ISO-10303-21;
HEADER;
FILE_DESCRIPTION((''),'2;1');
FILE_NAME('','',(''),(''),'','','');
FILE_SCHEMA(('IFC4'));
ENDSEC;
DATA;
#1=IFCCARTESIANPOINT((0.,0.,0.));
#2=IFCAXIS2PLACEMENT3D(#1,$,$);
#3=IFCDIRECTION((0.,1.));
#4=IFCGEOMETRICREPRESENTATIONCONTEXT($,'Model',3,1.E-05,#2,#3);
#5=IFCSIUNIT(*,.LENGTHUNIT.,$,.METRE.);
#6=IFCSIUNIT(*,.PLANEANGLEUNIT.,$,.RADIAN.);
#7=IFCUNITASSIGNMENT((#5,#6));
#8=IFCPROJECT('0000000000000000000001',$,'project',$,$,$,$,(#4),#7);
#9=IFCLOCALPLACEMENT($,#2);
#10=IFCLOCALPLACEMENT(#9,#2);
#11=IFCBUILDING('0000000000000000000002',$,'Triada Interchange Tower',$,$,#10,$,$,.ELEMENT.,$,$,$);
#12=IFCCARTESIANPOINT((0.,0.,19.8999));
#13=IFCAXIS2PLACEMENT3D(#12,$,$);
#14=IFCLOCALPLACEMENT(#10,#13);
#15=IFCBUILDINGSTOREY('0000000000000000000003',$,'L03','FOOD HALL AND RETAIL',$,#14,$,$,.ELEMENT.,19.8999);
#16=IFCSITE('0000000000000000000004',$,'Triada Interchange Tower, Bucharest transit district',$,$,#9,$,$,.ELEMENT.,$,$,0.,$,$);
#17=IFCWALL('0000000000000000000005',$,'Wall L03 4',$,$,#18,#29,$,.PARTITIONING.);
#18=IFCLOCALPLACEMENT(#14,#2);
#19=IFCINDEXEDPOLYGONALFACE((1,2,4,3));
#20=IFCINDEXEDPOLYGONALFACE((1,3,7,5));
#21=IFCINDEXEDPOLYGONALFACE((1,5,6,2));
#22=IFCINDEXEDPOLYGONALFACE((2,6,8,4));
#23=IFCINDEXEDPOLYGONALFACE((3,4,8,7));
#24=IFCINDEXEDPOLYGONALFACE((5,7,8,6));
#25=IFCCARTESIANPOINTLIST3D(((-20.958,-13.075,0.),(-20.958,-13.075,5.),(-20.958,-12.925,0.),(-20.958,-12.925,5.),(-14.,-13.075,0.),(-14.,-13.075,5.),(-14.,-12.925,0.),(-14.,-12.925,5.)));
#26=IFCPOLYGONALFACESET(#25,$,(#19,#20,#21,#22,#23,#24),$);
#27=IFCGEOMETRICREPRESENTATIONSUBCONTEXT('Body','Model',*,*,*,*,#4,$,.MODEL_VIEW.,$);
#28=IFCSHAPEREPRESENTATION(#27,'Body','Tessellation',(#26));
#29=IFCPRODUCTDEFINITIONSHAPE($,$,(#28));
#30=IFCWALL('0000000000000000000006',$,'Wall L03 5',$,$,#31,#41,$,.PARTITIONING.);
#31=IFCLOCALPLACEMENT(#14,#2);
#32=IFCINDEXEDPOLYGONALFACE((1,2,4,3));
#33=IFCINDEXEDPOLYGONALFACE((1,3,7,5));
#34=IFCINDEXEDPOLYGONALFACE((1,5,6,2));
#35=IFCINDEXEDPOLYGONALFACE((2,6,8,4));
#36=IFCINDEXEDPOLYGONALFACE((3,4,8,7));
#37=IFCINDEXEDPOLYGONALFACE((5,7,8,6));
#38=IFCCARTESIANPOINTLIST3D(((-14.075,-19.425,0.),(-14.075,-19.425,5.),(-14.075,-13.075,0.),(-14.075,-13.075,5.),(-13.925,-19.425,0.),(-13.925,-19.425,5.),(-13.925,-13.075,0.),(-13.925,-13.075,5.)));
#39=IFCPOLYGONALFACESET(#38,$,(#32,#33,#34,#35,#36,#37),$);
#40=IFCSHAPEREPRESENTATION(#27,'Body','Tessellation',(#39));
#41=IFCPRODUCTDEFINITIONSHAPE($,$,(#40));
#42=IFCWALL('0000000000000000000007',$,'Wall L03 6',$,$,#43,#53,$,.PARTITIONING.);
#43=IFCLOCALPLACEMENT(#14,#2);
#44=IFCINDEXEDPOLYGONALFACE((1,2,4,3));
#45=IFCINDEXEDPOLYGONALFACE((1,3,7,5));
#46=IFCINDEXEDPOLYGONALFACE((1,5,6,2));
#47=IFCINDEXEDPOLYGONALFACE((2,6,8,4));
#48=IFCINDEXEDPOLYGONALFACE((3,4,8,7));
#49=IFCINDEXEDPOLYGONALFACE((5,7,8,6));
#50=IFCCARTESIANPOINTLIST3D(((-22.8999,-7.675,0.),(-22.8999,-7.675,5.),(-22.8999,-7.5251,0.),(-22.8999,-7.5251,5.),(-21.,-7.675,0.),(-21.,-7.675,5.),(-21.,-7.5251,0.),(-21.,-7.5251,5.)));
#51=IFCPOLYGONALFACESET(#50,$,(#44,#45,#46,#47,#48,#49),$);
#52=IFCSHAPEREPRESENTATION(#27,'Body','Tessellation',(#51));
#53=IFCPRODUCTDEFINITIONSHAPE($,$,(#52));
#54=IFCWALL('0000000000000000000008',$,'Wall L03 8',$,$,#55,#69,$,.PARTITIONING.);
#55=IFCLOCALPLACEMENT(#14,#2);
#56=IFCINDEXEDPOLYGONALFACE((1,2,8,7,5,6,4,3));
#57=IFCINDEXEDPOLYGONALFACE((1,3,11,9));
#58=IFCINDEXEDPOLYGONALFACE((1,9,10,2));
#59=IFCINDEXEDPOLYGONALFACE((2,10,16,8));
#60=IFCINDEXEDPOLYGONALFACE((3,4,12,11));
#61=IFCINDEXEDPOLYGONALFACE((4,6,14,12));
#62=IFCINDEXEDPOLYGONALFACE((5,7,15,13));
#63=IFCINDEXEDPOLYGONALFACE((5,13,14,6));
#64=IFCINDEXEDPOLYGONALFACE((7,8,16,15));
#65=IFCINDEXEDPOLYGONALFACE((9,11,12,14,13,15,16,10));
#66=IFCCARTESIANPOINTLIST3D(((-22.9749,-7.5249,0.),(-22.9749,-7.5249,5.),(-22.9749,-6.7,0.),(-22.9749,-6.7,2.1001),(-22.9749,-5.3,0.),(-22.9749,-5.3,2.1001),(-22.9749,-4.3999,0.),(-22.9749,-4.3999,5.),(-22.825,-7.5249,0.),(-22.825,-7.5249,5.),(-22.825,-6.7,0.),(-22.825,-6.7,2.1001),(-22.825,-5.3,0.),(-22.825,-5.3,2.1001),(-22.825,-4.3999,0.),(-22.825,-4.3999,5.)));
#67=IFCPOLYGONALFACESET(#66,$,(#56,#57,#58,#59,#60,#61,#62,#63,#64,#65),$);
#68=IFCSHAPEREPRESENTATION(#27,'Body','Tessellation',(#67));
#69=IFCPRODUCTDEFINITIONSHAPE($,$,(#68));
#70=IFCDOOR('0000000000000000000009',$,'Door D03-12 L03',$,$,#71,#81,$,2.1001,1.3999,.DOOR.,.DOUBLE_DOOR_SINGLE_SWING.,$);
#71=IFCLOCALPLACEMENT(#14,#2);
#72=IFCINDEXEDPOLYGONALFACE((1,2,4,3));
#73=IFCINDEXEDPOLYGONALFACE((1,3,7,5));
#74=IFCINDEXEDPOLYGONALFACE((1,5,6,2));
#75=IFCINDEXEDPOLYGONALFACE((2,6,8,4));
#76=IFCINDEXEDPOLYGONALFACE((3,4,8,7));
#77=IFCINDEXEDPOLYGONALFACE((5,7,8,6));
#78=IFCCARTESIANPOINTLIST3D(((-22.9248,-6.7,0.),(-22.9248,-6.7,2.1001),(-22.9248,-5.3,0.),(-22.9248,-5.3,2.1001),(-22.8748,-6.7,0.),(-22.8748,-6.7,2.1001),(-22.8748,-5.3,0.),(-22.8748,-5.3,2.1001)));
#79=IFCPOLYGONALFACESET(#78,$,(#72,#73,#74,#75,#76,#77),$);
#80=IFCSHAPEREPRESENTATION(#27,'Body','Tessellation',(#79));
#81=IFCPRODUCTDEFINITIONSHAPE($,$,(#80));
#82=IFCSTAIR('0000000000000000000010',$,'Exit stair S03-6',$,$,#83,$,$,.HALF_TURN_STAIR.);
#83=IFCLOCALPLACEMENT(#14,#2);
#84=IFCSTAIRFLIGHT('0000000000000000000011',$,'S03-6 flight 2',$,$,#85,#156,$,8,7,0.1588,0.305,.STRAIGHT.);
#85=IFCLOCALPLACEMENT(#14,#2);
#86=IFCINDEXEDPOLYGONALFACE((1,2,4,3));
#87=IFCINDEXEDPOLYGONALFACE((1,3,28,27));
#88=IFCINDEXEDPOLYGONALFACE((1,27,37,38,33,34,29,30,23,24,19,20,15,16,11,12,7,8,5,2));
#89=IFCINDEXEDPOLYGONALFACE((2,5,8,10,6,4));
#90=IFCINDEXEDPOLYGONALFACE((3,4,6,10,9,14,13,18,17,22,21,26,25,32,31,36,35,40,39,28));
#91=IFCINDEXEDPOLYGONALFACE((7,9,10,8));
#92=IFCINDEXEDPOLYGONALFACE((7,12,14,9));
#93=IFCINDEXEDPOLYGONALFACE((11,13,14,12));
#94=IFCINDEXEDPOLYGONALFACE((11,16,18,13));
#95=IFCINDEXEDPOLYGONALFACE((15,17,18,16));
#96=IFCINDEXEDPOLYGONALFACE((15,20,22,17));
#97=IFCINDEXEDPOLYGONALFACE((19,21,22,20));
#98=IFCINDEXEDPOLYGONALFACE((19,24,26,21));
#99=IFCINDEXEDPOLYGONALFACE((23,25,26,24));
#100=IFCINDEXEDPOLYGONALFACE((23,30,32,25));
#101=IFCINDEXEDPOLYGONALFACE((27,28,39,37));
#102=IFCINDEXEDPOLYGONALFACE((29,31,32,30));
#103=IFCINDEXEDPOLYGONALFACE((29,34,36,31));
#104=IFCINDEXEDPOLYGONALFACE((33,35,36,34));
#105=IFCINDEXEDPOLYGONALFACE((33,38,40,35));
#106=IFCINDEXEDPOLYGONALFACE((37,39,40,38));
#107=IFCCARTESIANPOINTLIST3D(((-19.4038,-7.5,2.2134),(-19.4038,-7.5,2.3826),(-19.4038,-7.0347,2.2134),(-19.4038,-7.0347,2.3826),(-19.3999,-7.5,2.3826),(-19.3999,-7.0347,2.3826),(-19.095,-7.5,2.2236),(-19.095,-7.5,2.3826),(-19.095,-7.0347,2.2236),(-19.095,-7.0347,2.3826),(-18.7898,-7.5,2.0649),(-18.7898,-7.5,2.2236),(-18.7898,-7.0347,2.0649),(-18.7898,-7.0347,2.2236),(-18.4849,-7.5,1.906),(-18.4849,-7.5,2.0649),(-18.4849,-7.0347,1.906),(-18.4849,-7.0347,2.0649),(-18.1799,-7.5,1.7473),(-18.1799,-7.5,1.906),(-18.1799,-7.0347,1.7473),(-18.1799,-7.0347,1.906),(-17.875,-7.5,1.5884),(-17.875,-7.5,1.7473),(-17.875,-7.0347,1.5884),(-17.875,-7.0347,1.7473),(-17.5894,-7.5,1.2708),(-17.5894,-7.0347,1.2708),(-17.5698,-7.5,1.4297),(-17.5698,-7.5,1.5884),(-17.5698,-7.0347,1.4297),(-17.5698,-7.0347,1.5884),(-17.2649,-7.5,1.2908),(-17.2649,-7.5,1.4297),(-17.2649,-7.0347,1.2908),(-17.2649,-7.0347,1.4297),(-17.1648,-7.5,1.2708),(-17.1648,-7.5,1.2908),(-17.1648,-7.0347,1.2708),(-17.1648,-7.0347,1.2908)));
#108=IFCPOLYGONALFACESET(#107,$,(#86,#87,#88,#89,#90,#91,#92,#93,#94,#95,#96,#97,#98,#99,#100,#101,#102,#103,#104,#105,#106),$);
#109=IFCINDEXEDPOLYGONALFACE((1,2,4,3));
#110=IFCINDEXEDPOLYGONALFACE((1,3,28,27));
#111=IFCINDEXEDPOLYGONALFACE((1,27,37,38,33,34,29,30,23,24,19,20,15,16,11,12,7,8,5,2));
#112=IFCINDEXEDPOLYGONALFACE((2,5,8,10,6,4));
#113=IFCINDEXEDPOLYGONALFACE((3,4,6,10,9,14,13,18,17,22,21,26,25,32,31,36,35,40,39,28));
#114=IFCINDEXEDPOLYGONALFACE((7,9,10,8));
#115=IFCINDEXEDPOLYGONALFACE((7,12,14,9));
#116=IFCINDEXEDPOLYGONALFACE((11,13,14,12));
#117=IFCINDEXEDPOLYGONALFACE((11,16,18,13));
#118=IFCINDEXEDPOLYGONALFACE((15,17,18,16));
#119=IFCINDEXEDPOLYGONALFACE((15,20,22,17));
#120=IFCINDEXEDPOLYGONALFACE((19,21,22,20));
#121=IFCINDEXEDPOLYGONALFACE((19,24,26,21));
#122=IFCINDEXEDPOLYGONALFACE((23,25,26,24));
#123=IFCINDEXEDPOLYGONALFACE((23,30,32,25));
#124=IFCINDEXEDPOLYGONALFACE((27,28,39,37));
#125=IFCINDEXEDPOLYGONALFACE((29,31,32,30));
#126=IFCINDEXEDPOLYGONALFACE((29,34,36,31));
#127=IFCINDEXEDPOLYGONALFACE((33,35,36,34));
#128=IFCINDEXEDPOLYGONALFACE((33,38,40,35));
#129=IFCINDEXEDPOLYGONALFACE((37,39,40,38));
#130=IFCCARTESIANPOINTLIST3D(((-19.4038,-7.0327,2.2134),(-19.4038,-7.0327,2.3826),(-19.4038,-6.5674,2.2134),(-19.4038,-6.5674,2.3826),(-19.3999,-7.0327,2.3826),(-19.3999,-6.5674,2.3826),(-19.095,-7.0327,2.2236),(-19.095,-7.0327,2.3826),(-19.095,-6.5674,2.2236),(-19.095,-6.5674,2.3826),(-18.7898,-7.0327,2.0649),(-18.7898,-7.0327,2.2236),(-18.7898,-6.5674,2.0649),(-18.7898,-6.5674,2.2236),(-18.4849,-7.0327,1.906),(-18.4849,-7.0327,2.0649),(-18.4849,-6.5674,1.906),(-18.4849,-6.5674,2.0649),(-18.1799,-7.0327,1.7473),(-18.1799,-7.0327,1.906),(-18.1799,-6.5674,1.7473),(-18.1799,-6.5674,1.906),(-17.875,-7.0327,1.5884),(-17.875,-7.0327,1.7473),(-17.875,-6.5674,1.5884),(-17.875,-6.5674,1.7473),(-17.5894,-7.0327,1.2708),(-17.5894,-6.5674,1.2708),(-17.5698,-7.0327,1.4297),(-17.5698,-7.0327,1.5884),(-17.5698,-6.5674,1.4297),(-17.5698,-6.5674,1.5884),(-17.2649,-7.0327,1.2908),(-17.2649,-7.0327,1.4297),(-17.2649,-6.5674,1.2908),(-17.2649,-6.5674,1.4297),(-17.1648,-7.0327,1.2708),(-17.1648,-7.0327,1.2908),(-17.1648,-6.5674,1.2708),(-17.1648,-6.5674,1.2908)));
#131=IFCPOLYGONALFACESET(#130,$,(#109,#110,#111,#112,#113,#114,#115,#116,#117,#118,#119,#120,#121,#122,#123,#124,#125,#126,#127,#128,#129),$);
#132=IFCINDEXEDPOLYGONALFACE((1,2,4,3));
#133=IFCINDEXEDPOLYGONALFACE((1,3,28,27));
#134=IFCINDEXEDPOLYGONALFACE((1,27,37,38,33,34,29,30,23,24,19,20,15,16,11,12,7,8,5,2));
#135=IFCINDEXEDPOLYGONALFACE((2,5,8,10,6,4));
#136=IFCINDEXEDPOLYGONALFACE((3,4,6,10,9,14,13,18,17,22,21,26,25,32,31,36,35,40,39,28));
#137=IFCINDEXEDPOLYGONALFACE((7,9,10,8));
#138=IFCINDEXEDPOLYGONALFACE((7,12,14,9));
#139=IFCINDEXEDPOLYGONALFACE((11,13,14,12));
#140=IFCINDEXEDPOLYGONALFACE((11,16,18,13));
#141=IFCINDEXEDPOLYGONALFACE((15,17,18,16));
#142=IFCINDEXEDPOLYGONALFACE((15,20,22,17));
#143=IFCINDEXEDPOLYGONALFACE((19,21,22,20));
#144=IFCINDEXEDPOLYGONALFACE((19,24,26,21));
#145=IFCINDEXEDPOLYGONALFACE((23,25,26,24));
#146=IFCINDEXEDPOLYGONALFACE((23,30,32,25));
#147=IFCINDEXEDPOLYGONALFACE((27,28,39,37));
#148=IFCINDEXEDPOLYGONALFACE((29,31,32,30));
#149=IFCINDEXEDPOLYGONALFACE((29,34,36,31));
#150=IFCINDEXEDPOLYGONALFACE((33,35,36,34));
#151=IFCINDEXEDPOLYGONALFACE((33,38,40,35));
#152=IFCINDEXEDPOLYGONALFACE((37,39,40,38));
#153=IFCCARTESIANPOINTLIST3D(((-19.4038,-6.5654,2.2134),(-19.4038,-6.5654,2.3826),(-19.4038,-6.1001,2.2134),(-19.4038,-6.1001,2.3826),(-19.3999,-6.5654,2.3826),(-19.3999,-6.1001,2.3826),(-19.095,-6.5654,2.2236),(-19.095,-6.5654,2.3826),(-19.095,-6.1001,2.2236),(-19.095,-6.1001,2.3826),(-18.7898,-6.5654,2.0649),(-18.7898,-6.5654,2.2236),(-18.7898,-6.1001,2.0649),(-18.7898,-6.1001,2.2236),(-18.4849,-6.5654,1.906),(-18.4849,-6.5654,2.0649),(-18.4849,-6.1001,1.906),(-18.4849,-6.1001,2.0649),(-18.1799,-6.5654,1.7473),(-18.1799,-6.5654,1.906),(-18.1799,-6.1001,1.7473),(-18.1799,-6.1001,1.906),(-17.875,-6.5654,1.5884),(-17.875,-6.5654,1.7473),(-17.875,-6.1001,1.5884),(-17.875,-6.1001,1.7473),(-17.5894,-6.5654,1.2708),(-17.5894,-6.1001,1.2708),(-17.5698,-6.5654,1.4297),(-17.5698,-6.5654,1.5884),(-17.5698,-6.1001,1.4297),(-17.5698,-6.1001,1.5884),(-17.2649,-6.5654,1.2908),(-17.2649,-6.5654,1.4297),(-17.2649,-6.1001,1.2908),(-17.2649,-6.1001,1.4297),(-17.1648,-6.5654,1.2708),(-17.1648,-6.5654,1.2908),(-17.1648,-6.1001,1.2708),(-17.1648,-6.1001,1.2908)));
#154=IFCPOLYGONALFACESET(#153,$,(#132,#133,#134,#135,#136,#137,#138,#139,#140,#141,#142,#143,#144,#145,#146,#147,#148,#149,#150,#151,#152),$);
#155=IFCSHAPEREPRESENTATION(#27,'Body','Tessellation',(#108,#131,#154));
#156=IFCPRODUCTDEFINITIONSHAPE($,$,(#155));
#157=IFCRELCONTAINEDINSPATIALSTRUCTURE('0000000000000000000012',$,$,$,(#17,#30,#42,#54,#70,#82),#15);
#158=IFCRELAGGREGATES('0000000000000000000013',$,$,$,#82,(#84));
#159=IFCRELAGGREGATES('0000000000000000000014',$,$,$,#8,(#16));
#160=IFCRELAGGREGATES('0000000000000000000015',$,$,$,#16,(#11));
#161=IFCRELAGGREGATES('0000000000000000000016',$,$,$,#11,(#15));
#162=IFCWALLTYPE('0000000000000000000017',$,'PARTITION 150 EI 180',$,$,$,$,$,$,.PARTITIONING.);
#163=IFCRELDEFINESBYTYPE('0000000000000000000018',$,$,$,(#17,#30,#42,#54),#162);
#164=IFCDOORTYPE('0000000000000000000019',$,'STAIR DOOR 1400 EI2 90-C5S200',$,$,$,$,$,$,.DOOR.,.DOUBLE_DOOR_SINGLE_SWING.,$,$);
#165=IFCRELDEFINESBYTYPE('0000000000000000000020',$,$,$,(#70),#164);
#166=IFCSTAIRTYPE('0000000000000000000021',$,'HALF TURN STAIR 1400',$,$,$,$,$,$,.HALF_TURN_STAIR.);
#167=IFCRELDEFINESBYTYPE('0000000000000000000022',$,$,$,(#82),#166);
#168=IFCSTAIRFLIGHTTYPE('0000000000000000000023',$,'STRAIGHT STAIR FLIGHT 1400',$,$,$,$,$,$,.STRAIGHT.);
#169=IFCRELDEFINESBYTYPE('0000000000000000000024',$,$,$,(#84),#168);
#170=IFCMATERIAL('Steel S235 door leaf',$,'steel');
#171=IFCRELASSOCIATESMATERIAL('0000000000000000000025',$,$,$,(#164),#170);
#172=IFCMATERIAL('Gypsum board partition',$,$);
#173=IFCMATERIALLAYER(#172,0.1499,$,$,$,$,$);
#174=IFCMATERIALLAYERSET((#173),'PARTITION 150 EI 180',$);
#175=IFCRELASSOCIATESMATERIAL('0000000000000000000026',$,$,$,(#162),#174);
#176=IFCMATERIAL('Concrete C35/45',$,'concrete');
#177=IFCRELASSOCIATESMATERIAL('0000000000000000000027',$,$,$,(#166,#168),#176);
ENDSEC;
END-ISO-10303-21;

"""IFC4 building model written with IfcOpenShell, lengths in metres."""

from ifc_helpers import new_model, si_unit, direction, frame, frame_2d, origin, place, context, subcontext, project, spatial, polyline, rectangle, outline, extrude, material, layer, layer_set, type_object, element, fill, aggregate, save


model = new_model("IFC4")

# Units and contexts
model_context = context("Model", 3, precision=1e-05, world=origin(), true_north=direction((0.0, 1.0)))
body_context = subcontext(model_context, "Body", "Model", "MODEL_VIEW")
ifc_project = project(units=[si_unit("LENGTHUNIT", "METRE"), si_unit("PLANEANGLEUNIT", "RADIAN")], contexts=[model_context])

# Site, building, storey
site_placement = place(None, origin())
site = spatial("IfcSite", under=ifc_project, at=site_placement, Name="Triada Interchange Tower, Bucharest transit district", CompositionType="ELEMENT", RefElevation=0.0)
building_placement = place(site_placement, origin())
building = spatial("IfcBuilding", under=site, at=building_placement, Name="Triada Interchange Tower", CompositionType="ELEMENT")
storey_placement = place(building_placement, frame((0.0, 0.0, 19.8999)))
storey = spatial("IfcBuildingStorey", under=building, at=storey_placement, Name="L03", Description="FOOD HALL AND RETAIL", CompositionType="ELEMENT", Elevation=19.8999)

# Shared definitions
ifc_material_1 = material(Name="Steel S235 door leaf", Category="steel")
door_type = type_object("IfcDoorType", Name="STAIR DOOR 1400 EI2 90-C5S200", OperationType="DOUBLE_DOOR_SINGLE_SWING", PredefinedType="DOOR", material=ifc_material_1)

# Walls
ifc_material_2 = material(Name="Gypsum board partition")
ifc_layer_1 = layer(ifc_material_2, 0.1499)
ifc_layer_set_1 = layer_set([ifc_layer_1], Name="PARTITION 150 EI 180")
wall_type_1 = type_object("IfcWallType", Name="PARTITION 150 EI 180", PredefinedType="PARTITIONING", material=ifc_layer_set_1)
wall_1_placement = place(storey_placement, frame((-20.958, -13.0, 0.0), z_axis=(0.0, 0.0, 1.0), x_axis=(1.0, 0.0, 0.0)))
element("IfcWall", 1, at=wall_1_placement, inside=storey, type_object=wall_type_1, Name="Wall L03 4", PredefinedType="PARTITIONING", context=body_context, shape_type="SweptSolid", body=[
    extrude(rectangle(XDim=6.958, YDim=0.1499, at=frame_2d((3.479, 0.0))), origin(), (0.0, 0.0, 1.0), 5.0),
])
wall_2_placement = place(storey_placement, frame((-14.0, -19.425, 0.0), z_axis=(0.0, 0.0, 1.0), x_axis=(0.0, 1.0, 0.0)))
element("IfcWall", 2, at=wall_2_placement, inside=storey, type_object=wall_type_1, Name="Wall L03 5", PredefinedType="PARTITIONING", context=body_context, shape_type="SweptSolid", body=[
    extrude(rectangle(XDim=6.3501, YDim=0.1499, at=frame_2d((3.175, 0.0))), origin(), (0.0, 0.0, 1.0), 5.0),
])
wall_3_placement = place(storey_placement, frame((-22.8999, -7.6001, 0.0), z_axis=(0.0, 0.0, 1.0), x_axis=(1.0, 0.0, 0.0)))
element("IfcWall", 3, at=wall_3_placement, inside=storey, type_object=wall_type_1, Name="Wall L03 6", PredefinedType="PARTITIONING", context=body_context, shape_type="SweptSolid", body=[
    extrude(rectangle(XDim=1.8999, YDim=0.1499, at=frame_2d((0.95, 0.0))), origin(), (0.0, 0.0, 1.0), 5.0),
])

# Wall, opening, door
wall_4_placement = place(storey_placement, frame((-22.8999, -7.5249, 0.0), z_axis=(0.0, 0.0, 1.0), x_axis=(0.0, 1.0, 0.0)))
wall_4 = element("IfcWall", 4, at=wall_4_placement, inside=storey, type_object=wall_type_1, Name="Wall L03 8", PredefinedType="PARTITIONING", context=body_context, shape_type="SweptSolid", body=[
    extrude(rectangle(XDim=3.125, YDim=0.1499, at=frame_2d((1.5625, 0.0))), origin(), (0.0, 0.0, 1.0), 5.0),
])
opening_1_placement = place(wall_4_placement, frame((0.825, 0.0, 0.0)))
opening_1 = element("IfcOpeningElement", 5, at=opening_1_placement, cuts=wall_4, PredefinedType="OPENING", context=body_context, shape_type="SweptSolid", body=[
    extrude(rectangle(XDim=1.3999, YDim=2.1001, at=frame_2d((0.7, 1.05))), frame((0.0, 0.085, 0.0), z_axis=(0.0, -1.0, 0.0), x_axis=(1.0, 0.0, 0.0)), (0.0, 0.0, 1.0), 0.1699),
])
door_1_placement = place(opening_1_placement, origin())
door_1 = element("IfcDoor", 6, at=door_1_placement, inside=storey, type_object=door_type, Name="Door D03-12 L03", OperationType="DOUBLE_DOOR_SINGLE_SWING", OverallHeight=2.1001, OverallWidth=1.3999, PredefinedType="DOOR", context=body_context, shape_type="SweptSolid", body=[
    extrude(rectangle(XDim=1.3999, YDim=2.1001, at=frame_2d((0.7, 1.05))), frame((0.0, 0.0249, 0.0), z_axis=(0.0, -1.0, 0.0), x_axis=(1.0, 0.0, 0.0)), (0.0, 0.0, 1.0), 0.05),
])
fill(opening_1, door_1)

# Stair, stair flight
ifc_material_3 = material(Name="Concrete C35/45", Category="concrete")
stair_type = type_object("IfcStairType", Name="HALF TURN STAIR 1400", PredefinedType="HALF_TURN_STAIR", material=ifc_material_3)
stair_placement = place(storey_placement, origin())
stair = element("IfcStair", 7, at=stair_placement, inside=storey, type_object=stair_type, Name="Exit stair S03-6", PredefinedType="HALF_TURN_STAIR")
stair_flight_type = type_object("IfcStairFlightType", Name="STRAIGHT STAIR FLIGHT 1400", PredefinedType="STRAIGHT", material=ifc_material_3)
stair_flight_1_placement = place(storey_placement, frame((-17.2649, -6.8, 1.2708), z_axis=(0.0, 0.0, 1.0), x_axis=(-1.0, 0.0, 0.0)))
stair_flight_1 = element("IfcStairFlight", 8, at=stair_flight_1_placement, type_object=stair_flight_type, Name="S03-6 flight 2", NumberOfRisers=8, NumberOfTreads=7, PredefinedType="STRAIGHT", RiserHeight=0.1588, TreadLength=0.305, context=body_context, shape_type="SweptSolid", body=[
    extrude(outline(polyline([(-0.1001, 0.0), (-0.1001, 0.02), (0.0, 0.02), (0.0, 0.1589), (0.3049, 0.1589), (0.3049, 0.3176), (0.6101, 0.3176), (0.6101, 0.4766), (0.915, 0.4766), (0.915, 0.6353), (1.22, 0.6353), (1.22, 0.7942), (1.5249, 0.7942), (1.5249, 0.9529), (1.8301, 0.9529), (1.8301, 1.1118), (2.135, 1.1118), (2.1389, 1.1118), (2.1389, 1.2705), (2.1389, 0.9426), (0.3245, 0.0), (-0.1001, 0.0)])), frame((0.0, 0.7, 0.0), z_axis=(0.0, -1.0, 0.0), x_axis=(1.0, 0.0, 0.0)), (0.0, 0.0, 1.0), 0.4653),
    extrude(outline(polyline([(-0.1001, 0.0), (-0.1001, 0.02), (0.0, 0.02), (0.0, 0.1589), (0.3049, 0.1589), (0.3049, 0.3176), (0.6101, 0.3176), (0.6101, 0.4766), (0.915, 0.4766), (0.915, 0.6353), (1.22, 0.6353), (1.22, 0.7942), (1.5249, 0.7942), (1.5249, 0.9529), (1.8301, 0.9529), (1.8301, 1.1118), (2.135, 1.1118), (2.1389, 1.1118), (2.1389, 1.2705), (2.1389, 0.9426), (0.3245, 0.0), (-0.1001, 0.0)])), frame((0.0, 0.2327, 0.0), z_axis=(0.0, -1.0, 0.0), x_axis=(1.0, 0.0, 0.0)), (0.0, 0.0, 1.0), 0.4653),
    extrude(outline(polyline([(-0.1001, 0.0), (-0.1001, 0.02), (0.0, 0.02), (0.0, 0.1589), (0.3049, 0.1589), (0.3049, 0.3176), (0.6101, 0.3176), (0.6101, 0.4766), (0.915, 0.4766), (0.915, 0.6353), (1.22, 0.6353), (1.22, 0.7942), (1.5249, 0.7942), (1.5249, 0.9529), (1.8301, 0.9529), (1.8301, 1.1118), (2.135, 1.1118), (2.1389, 1.1118), (2.1389, 1.2705), (2.1389, 0.9426), (0.3245, 0.0), (-0.1001, 0.0)])), frame((0.0, -0.2346, 0.0), z_axis=(0.0, -1.0, 0.0), x_axis=(1.0, 0.0, 0.0)), (0.0, 0.0, 1.0), 0.4653),
])
aggregate(stair, [stair_flight_1])

save(model, "model.ifc")
